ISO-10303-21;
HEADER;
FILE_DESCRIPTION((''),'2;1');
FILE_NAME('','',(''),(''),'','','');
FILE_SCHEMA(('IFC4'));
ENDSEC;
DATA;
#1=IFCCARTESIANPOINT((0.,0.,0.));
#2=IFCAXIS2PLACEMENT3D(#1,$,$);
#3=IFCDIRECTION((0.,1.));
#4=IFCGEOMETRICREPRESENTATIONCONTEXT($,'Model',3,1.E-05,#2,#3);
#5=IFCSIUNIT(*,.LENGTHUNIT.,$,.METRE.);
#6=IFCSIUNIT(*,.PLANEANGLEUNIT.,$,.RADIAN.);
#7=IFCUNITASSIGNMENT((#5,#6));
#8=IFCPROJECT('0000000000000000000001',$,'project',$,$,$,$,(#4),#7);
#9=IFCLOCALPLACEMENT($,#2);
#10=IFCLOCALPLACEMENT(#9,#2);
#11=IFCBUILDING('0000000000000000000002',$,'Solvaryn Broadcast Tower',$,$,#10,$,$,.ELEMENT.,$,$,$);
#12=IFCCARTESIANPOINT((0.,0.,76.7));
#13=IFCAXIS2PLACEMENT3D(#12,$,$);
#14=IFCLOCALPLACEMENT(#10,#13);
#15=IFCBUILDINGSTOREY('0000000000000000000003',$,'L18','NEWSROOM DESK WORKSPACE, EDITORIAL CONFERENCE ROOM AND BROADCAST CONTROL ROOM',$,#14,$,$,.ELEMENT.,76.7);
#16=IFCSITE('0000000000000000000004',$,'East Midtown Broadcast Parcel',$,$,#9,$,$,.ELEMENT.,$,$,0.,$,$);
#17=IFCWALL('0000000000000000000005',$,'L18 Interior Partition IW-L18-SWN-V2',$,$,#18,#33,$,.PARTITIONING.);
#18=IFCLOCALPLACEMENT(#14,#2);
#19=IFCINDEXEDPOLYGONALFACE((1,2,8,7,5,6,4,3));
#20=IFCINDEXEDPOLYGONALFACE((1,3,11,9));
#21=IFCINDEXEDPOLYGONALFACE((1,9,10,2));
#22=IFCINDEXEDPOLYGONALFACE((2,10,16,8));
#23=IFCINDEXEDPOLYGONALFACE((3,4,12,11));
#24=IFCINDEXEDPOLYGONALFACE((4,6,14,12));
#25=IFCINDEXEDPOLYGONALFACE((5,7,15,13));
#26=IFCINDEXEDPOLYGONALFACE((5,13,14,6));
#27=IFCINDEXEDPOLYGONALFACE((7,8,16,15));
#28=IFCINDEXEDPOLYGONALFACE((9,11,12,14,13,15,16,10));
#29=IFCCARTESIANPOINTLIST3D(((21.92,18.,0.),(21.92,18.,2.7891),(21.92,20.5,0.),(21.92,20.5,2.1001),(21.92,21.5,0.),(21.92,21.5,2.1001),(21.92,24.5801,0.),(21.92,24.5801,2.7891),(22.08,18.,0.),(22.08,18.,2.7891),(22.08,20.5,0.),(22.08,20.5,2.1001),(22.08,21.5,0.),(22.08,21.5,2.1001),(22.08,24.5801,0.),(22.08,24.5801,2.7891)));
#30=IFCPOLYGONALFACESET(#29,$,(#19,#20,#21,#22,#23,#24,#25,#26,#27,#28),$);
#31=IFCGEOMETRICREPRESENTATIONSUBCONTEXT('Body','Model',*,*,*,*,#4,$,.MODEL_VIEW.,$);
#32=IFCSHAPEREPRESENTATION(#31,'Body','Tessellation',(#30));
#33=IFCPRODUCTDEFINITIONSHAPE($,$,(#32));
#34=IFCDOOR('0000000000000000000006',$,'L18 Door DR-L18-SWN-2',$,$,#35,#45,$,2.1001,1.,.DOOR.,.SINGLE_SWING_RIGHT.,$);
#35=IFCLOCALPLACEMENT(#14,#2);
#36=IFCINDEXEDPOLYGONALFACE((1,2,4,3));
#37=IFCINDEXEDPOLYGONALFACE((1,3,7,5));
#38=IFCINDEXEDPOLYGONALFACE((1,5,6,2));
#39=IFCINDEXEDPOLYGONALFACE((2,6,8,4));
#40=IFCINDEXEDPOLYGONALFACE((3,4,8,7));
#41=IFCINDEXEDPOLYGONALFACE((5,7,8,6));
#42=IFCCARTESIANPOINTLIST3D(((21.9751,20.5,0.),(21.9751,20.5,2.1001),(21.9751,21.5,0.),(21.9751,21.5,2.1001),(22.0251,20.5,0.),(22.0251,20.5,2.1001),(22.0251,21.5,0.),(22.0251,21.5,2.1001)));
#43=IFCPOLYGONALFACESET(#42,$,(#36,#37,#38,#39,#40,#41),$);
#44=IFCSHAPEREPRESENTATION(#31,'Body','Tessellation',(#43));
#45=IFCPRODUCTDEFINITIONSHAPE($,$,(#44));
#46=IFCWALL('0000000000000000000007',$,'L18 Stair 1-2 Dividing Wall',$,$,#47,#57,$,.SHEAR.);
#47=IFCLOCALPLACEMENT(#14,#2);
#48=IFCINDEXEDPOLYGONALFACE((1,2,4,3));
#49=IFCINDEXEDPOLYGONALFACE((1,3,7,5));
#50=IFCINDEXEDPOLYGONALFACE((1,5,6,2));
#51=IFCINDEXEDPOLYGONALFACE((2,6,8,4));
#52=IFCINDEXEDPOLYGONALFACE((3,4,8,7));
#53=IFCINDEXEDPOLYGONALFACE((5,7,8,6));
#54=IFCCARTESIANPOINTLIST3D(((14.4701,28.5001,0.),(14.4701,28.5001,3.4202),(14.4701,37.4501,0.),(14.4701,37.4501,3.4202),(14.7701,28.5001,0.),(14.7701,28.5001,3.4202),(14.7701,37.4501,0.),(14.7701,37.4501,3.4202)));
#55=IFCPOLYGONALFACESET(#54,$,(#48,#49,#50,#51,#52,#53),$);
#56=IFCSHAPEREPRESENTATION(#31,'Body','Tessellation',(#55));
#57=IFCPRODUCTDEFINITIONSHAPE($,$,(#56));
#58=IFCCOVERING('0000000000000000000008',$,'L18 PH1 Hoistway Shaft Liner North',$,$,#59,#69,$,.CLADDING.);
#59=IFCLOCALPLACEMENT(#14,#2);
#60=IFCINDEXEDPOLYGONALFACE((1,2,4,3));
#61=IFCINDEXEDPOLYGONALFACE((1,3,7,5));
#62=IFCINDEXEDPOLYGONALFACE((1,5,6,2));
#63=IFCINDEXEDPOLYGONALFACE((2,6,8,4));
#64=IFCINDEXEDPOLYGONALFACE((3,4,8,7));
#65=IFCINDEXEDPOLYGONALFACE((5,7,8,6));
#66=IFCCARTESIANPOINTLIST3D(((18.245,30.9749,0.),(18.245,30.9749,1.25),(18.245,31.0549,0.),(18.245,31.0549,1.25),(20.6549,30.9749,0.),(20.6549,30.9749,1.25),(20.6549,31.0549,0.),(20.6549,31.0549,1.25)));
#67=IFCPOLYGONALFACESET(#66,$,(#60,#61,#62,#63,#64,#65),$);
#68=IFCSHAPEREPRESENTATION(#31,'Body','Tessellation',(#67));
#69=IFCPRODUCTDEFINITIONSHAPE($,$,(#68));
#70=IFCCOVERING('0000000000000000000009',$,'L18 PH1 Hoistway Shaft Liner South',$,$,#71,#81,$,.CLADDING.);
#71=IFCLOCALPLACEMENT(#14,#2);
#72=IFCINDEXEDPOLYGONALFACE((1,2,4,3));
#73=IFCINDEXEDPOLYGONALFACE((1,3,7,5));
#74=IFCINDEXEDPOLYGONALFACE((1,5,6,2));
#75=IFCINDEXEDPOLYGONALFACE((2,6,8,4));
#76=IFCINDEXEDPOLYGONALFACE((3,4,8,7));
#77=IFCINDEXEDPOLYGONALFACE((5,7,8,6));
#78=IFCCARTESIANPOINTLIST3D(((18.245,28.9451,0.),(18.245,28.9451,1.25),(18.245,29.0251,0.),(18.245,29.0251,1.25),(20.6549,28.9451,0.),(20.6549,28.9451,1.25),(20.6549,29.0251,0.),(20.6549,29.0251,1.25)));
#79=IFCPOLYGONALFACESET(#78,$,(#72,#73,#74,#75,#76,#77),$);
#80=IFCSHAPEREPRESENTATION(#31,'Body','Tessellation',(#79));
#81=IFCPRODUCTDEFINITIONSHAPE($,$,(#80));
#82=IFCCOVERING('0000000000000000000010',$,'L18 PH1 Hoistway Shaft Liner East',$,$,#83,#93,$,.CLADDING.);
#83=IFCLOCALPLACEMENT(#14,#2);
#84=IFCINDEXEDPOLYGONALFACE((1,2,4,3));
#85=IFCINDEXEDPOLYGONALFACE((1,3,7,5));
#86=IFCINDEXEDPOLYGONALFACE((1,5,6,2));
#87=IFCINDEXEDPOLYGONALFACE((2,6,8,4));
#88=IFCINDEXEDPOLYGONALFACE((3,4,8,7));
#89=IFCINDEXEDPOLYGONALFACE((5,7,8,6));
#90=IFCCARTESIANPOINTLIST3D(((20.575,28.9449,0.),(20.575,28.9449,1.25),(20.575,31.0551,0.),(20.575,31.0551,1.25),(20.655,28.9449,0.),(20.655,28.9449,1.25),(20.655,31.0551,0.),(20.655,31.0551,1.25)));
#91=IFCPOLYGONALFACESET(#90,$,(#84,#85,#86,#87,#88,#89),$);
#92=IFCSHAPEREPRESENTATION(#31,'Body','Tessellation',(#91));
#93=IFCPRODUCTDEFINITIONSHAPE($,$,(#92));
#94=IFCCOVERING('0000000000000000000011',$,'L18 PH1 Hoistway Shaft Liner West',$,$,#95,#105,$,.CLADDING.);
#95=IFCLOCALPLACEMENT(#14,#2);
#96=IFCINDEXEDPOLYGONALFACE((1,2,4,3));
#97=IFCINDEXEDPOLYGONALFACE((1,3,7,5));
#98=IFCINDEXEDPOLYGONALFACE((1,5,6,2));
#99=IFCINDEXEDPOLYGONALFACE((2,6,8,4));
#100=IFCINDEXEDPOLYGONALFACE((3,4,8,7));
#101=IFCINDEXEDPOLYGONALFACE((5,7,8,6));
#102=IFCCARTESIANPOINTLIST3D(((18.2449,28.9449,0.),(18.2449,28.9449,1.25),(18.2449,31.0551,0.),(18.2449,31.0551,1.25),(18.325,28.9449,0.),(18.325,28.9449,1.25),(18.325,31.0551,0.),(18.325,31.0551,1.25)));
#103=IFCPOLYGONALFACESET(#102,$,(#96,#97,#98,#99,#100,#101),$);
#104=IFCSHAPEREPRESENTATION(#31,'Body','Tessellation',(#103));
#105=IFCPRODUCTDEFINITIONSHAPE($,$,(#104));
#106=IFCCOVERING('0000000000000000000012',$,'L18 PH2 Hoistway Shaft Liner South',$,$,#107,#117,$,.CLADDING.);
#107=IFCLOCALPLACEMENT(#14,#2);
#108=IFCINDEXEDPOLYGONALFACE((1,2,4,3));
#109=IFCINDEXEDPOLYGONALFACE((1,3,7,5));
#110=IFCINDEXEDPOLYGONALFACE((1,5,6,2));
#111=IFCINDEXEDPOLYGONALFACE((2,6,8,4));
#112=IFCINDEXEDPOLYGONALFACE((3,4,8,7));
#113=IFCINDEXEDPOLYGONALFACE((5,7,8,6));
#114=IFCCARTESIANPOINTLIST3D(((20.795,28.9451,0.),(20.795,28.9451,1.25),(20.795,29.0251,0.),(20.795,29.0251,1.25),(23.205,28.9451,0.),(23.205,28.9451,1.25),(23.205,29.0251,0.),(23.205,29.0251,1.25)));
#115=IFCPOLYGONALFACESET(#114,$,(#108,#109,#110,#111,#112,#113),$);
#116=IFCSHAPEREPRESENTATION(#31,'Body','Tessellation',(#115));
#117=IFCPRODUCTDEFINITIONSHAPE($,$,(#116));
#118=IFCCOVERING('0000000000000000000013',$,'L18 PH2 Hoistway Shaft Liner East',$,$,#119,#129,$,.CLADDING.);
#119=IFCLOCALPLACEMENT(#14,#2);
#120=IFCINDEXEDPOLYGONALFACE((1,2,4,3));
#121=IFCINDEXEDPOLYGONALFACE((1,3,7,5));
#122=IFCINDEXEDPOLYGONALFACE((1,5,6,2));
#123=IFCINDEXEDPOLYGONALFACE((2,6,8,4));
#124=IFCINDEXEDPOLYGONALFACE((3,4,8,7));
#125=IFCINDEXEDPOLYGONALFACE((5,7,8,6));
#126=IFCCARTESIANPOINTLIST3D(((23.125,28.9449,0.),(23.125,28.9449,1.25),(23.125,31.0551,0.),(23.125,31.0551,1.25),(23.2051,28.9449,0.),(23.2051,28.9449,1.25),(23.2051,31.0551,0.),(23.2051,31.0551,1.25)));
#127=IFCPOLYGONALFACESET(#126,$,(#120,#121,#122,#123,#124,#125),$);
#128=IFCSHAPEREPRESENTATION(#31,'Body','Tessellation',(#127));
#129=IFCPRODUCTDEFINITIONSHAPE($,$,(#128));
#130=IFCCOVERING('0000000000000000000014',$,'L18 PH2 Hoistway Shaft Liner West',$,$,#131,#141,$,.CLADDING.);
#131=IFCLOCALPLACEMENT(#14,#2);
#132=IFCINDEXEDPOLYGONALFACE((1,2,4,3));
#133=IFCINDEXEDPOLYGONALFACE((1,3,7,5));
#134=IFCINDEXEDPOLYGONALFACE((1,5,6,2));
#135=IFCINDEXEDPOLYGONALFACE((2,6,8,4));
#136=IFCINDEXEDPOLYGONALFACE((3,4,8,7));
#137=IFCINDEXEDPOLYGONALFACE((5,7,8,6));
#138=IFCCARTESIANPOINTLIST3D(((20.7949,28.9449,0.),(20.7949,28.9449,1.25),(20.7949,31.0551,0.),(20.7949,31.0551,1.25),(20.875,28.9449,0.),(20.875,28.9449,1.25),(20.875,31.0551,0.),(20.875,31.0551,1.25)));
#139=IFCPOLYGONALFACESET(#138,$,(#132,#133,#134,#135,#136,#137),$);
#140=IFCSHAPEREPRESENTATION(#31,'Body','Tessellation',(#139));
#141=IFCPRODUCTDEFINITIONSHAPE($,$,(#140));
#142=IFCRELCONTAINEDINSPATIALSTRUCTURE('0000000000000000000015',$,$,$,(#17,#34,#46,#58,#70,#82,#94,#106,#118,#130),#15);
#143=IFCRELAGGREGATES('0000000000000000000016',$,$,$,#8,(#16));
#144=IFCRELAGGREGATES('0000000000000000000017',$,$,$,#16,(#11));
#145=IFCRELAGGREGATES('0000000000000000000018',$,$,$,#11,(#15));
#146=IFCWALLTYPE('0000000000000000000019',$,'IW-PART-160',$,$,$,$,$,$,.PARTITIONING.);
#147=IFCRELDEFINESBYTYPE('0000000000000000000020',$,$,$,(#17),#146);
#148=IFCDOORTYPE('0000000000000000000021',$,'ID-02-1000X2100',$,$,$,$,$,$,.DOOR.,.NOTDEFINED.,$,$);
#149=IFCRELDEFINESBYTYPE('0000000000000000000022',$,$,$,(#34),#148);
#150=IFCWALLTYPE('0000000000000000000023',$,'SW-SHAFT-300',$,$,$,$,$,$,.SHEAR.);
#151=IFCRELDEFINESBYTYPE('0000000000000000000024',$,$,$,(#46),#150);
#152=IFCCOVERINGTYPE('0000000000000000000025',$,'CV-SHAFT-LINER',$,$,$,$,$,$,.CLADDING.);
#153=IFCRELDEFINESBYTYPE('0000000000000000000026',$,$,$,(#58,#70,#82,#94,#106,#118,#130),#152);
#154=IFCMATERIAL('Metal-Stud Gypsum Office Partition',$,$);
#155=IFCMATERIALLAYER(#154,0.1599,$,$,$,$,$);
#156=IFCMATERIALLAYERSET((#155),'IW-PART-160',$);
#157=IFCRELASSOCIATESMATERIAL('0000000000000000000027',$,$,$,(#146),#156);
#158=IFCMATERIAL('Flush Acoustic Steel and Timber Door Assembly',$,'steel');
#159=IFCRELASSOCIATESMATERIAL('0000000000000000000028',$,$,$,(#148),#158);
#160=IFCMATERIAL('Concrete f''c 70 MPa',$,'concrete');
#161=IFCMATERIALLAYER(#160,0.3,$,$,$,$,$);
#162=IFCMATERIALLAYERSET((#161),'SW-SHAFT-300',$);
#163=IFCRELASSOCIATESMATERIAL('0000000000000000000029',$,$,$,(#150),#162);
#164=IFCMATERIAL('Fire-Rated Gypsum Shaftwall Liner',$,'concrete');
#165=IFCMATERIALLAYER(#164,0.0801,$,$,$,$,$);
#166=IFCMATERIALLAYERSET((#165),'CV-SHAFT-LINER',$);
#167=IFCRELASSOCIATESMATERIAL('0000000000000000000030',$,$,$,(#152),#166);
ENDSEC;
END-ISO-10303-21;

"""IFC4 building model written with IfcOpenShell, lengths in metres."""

from ifc_helpers import new_model, si_unit, direction, frame, frame_2d, origin, origin_2d, place, context, subcontext, project, spatial, rectangle, extrude, material, layer, layer_set, type_object, element, fill, save


model = new_model("IFC4")

# Units and contexts
model_context = context("Model", 3, precision=1e-05, world=origin(), true_north=direction((0.0, 1.0)))
body_context = subcontext(model_context, "Body", "Model", "MODEL_VIEW")
ifc_project = project(units=[si_unit("LENGTHUNIT", "METRE"), si_unit("PLANEANGLEUNIT", "RADIAN")], contexts=[model_context])

# Site, building, storey
site_placement = place(None, origin())
site = spatial("IfcSite", under=ifc_project, at=site_placement, Name="East Midtown Broadcast Parcel", CompositionType="ELEMENT", RefElevation=0.0)
building_placement = place(site_placement, origin())
building = spatial("IfcBuilding", under=site, at=building_placement, Name="Solvaryn Broadcast Tower", CompositionType="ELEMENT")
storey_placement = place(building_placement, frame((0.0, 0.0, 76.7)))
storey = spatial("IfcBuildingStorey", under=building, at=storey_placement, Name="L18", Description="NEWSROOM DESK WORKSPACE, EDITORIAL CONFERENCE ROOM AND BROADCAST CONTROL ROOM", CompositionType="ELEMENT", Elevation=76.7)

# Shared definitions
ifc_material_1 = material(Name="Metal-Stud Gypsum Office Partition")
ifc_layer_1 = layer(ifc_material_1, 0.1599)
ifc_layer_set_1 = layer_set([ifc_layer_1], Name="IW-PART-160")
wall_type_1 = type_object("IfcWallType", Name="IW-PART-160", PredefinedType="PARTITIONING", material=ifc_layer_set_1)

# Wall, opening, door
wall_1_placement = place(storey_placement, frame((22.0, 18.0, 0.0), z_axis=(0.0, 0.0, 1.0), x_axis=(0.0, 1.0, 0.0)))
wall_1 = element("IfcWall", 1, at=wall_1_placement, inside=storey, type_object=wall_type_1, Name="L18 Interior Partition IW-L18-SWN-V2", PredefinedType="PARTITIONING", context=body_context, shape_type="SweptSolid", body=[
    extrude(rectangle(XDim=6.5801, YDim=0.1599, at=frame_2d((3.29, 0.0))), origin(), (0.0, 0.0, 1.0), 2.7891),
])
opening_1_placement = place(wall_1_placement, frame((2.5, 0.0, 0.0)))
opening_1 = element("IfcOpeningElement", 2, at=opening_1_placement, cuts=wall_1, PredefinedType="OPENING", context=body_context, shape_type="SweptSolid", body=[
    extrude(rectangle(XDim=1.0, YDim=2.1001, at=frame_2d((0.5, 1.05))), frame((0.0, 0.0901, 0.0), z_axis=(0.0, -1.0, 0.0), x_axis=(1.0, 0.0, 0.0)), (0.0, 0.0, 1.0), 0.1799),
])
ifc_material_2 = material(Name="Flush Acoustic Steel and Timber Door Assembly", Category="steel")
door_type_1 = type_object("IfcDoorType", Name="ID-02-1000X2100", OperationType="NOTDEFINED", PredefinedType="DOOR", material=ifc_material_2)
door_1_placement = place(opening_1_placement, origin())
door_1 = element("IfcDoor", 3, at=door_1_placement, inside=storey, type_object=door_type_1, Name="L18 Door DR-L18-SWN-2", OperationType="SINGLE_SWING_RIGHT", OverallHeight=2.1001, OverallWidth=1.0, PredefinedType="DOOR", context=body_context, shape_type="SweptSolid", body=[
    extrude(rectangle(XDim=1.0, YDim=2.1001, at=frame_2d((0.5, 1.05))), frame((0.0, 0.0249, 0.0), z_axis=(0.0, -1.0, 0.0), x_axis=(1.0, 0.0, 0.0)), (0.0, 0.0, 1.0), 0.05),
])
fill(opening_1, door_1)

# Wall
ifc_material_3 = material(Name="Concrete f'c 70 MPa", Category="concrete")
ifc_layer_2 = layer(ifc_material_3, 0.3)
ifc_layer_set_2 = layer_set([ifc_layer_2], Name="SW-SHAFT-300")
wall_type_2 = type_object("IfcWallType", Name="SW-SHAFT-300", PredefinedType="SHEAR", material=ifc_layer_set_2)
wall_2_placement = place(storey_placement, frame((14.6201, 28.5, 0.0), z_axis=(0.0, 0.0, 1.0), x_axis=(0.0, 1.0, 0.0)))
element("IfcWall", 4, at=wall_2_placement, inside=storey, type_object=wall_type_2, Name="L18 Stair 1-2 Dividing Wall", PredefinedType="SHEAR", context=body_context, shape_type="SweptSolid", body=[
    extrude(rectangle(XDim=8.95, YDim=0.3, at=frame_2d((4.4751, 0.0))), origin(), (0.0, 0.0, 1.0), 3.4202),
])

# Coverings
ifc_material_4 = material(Name="Fire-Rated Gypsum Shaftwall Liner", Category="concrete")
ifc_layer_3 = layer(ifc_material_4, 0.0801)
ifc_layer_set_3 = layer_set([ifc_layer_3], Name="CV-SHAFT-LINER")
covering_type = type_object("IfcCoveringType", Name="CV-SHAFT-LINER", PredefinedType="CLADDING", material=ifc_layer_set_3)
for number, where, z_axis, x_axis, name in (
    (5, (19.45, 31.0149, 0.0), (0.0, 0.0, 1.0), (1.0, 0.0, 0.0), "L18 PH1 Hoistway Shaft Liner North"),
    (6, (19.45, 28.9851, 0.0), (0.0, 0.0, 1.0), (1.0, 0.0, 0.0), "L18 PH1 Hoistway Shaft Liner South"),
):
    element("IfcCovering", number, at=place(storey_placement, frame(where, z_axis=z_axis, x_axis=x_axis)), inside=storey, type_object=covering_type, Name=name, PredefinedType="CLADDING", context=body_context, shape_type="SweptSolid", body=[
        extrude(rectangle(XDim=2.4099, YDim=0.0801, at=origin_2d()), origin(), (0.0, 0.0, 1.0), 1.25),
    ])
for number, where, z_axis, x_axis, name in (
    (7, (20.615, 30.0, 0.0), (0.0, 0.0, 1.0), (1.0, 0.0, 0.0), "L18 PH1 Hoistway Shaft Liner East"),
    (8, (18.2849, 30.0, 0.0), (0.0, 0.0, 1.0), (1.0, 0.0, 0.0), "L18 PH1 Hoistway Shaft Liner West"),
):
    element("IfcCovering", number, at=place(storey_placement, frame(where, z_axis=z_axis, x_axis=x_axis)), inside=storey, type_object=covering_type, Name=name, PredefinedType="CLADDING", context=body_context, shape_type="SweptSolid", body=[
        extrude(rectangle(XDim=0.0801, YDim=2.1101, at=origin_2d()), origin(), (0.0, 0.0, 1.0), 1.25),
    ])
covering_placement = place(storey_placement, frame((22.0, 28.9851, 0.0), z_axis=(0.0, 0.0, 1.0), x_axis=(1.0, 0.0, 0.0)))
element("IfcCovering", 9, at=covering_placement, inside=storey, type_object=covering_type, Name="L18 PH2 Hoistway Shaft Liner South", PredefinedType="CLADDING", context=body_context, shape_type="SweptSolid", body=[
    extrude(rectangle(XDim=2.4099, YDim=0.0801, at=origin_2d()), origin(), (0.0, 0.0, 1.0), 1.25),
])
for number, where, z_axis, x_axis, name in (
    (10, (23.165, 30.0, 0.0), (0.0, 0.0, 1.0), (1.0, 0.0, 0.0), "L18 PH2 Hoistway Shaft Liner East"),
    (11, (20.835, 30.0, 0.0), (0.0, 0.0, 1.0), (1.0, 0.0, 0.0), "L18 PH2 Hoistway Shaft Liner West"),
):
    element("IfcCovering", number, at=place(storey_placement, frame(where, z_axis=z_axis, x_axis=x_axis)), inside=storey, type_object=covering_type, Name=name, PredefinedType="CLADDING", context=body_context, shape_type="SweptSolid", body=[
        extrude(rectangle(XDim=0.0801, YDim=2.1101, at=origin_2d()), origin(), (0.0, 0.0, 1.0), 1.25),
    ])

save(model, "model.ifc")
